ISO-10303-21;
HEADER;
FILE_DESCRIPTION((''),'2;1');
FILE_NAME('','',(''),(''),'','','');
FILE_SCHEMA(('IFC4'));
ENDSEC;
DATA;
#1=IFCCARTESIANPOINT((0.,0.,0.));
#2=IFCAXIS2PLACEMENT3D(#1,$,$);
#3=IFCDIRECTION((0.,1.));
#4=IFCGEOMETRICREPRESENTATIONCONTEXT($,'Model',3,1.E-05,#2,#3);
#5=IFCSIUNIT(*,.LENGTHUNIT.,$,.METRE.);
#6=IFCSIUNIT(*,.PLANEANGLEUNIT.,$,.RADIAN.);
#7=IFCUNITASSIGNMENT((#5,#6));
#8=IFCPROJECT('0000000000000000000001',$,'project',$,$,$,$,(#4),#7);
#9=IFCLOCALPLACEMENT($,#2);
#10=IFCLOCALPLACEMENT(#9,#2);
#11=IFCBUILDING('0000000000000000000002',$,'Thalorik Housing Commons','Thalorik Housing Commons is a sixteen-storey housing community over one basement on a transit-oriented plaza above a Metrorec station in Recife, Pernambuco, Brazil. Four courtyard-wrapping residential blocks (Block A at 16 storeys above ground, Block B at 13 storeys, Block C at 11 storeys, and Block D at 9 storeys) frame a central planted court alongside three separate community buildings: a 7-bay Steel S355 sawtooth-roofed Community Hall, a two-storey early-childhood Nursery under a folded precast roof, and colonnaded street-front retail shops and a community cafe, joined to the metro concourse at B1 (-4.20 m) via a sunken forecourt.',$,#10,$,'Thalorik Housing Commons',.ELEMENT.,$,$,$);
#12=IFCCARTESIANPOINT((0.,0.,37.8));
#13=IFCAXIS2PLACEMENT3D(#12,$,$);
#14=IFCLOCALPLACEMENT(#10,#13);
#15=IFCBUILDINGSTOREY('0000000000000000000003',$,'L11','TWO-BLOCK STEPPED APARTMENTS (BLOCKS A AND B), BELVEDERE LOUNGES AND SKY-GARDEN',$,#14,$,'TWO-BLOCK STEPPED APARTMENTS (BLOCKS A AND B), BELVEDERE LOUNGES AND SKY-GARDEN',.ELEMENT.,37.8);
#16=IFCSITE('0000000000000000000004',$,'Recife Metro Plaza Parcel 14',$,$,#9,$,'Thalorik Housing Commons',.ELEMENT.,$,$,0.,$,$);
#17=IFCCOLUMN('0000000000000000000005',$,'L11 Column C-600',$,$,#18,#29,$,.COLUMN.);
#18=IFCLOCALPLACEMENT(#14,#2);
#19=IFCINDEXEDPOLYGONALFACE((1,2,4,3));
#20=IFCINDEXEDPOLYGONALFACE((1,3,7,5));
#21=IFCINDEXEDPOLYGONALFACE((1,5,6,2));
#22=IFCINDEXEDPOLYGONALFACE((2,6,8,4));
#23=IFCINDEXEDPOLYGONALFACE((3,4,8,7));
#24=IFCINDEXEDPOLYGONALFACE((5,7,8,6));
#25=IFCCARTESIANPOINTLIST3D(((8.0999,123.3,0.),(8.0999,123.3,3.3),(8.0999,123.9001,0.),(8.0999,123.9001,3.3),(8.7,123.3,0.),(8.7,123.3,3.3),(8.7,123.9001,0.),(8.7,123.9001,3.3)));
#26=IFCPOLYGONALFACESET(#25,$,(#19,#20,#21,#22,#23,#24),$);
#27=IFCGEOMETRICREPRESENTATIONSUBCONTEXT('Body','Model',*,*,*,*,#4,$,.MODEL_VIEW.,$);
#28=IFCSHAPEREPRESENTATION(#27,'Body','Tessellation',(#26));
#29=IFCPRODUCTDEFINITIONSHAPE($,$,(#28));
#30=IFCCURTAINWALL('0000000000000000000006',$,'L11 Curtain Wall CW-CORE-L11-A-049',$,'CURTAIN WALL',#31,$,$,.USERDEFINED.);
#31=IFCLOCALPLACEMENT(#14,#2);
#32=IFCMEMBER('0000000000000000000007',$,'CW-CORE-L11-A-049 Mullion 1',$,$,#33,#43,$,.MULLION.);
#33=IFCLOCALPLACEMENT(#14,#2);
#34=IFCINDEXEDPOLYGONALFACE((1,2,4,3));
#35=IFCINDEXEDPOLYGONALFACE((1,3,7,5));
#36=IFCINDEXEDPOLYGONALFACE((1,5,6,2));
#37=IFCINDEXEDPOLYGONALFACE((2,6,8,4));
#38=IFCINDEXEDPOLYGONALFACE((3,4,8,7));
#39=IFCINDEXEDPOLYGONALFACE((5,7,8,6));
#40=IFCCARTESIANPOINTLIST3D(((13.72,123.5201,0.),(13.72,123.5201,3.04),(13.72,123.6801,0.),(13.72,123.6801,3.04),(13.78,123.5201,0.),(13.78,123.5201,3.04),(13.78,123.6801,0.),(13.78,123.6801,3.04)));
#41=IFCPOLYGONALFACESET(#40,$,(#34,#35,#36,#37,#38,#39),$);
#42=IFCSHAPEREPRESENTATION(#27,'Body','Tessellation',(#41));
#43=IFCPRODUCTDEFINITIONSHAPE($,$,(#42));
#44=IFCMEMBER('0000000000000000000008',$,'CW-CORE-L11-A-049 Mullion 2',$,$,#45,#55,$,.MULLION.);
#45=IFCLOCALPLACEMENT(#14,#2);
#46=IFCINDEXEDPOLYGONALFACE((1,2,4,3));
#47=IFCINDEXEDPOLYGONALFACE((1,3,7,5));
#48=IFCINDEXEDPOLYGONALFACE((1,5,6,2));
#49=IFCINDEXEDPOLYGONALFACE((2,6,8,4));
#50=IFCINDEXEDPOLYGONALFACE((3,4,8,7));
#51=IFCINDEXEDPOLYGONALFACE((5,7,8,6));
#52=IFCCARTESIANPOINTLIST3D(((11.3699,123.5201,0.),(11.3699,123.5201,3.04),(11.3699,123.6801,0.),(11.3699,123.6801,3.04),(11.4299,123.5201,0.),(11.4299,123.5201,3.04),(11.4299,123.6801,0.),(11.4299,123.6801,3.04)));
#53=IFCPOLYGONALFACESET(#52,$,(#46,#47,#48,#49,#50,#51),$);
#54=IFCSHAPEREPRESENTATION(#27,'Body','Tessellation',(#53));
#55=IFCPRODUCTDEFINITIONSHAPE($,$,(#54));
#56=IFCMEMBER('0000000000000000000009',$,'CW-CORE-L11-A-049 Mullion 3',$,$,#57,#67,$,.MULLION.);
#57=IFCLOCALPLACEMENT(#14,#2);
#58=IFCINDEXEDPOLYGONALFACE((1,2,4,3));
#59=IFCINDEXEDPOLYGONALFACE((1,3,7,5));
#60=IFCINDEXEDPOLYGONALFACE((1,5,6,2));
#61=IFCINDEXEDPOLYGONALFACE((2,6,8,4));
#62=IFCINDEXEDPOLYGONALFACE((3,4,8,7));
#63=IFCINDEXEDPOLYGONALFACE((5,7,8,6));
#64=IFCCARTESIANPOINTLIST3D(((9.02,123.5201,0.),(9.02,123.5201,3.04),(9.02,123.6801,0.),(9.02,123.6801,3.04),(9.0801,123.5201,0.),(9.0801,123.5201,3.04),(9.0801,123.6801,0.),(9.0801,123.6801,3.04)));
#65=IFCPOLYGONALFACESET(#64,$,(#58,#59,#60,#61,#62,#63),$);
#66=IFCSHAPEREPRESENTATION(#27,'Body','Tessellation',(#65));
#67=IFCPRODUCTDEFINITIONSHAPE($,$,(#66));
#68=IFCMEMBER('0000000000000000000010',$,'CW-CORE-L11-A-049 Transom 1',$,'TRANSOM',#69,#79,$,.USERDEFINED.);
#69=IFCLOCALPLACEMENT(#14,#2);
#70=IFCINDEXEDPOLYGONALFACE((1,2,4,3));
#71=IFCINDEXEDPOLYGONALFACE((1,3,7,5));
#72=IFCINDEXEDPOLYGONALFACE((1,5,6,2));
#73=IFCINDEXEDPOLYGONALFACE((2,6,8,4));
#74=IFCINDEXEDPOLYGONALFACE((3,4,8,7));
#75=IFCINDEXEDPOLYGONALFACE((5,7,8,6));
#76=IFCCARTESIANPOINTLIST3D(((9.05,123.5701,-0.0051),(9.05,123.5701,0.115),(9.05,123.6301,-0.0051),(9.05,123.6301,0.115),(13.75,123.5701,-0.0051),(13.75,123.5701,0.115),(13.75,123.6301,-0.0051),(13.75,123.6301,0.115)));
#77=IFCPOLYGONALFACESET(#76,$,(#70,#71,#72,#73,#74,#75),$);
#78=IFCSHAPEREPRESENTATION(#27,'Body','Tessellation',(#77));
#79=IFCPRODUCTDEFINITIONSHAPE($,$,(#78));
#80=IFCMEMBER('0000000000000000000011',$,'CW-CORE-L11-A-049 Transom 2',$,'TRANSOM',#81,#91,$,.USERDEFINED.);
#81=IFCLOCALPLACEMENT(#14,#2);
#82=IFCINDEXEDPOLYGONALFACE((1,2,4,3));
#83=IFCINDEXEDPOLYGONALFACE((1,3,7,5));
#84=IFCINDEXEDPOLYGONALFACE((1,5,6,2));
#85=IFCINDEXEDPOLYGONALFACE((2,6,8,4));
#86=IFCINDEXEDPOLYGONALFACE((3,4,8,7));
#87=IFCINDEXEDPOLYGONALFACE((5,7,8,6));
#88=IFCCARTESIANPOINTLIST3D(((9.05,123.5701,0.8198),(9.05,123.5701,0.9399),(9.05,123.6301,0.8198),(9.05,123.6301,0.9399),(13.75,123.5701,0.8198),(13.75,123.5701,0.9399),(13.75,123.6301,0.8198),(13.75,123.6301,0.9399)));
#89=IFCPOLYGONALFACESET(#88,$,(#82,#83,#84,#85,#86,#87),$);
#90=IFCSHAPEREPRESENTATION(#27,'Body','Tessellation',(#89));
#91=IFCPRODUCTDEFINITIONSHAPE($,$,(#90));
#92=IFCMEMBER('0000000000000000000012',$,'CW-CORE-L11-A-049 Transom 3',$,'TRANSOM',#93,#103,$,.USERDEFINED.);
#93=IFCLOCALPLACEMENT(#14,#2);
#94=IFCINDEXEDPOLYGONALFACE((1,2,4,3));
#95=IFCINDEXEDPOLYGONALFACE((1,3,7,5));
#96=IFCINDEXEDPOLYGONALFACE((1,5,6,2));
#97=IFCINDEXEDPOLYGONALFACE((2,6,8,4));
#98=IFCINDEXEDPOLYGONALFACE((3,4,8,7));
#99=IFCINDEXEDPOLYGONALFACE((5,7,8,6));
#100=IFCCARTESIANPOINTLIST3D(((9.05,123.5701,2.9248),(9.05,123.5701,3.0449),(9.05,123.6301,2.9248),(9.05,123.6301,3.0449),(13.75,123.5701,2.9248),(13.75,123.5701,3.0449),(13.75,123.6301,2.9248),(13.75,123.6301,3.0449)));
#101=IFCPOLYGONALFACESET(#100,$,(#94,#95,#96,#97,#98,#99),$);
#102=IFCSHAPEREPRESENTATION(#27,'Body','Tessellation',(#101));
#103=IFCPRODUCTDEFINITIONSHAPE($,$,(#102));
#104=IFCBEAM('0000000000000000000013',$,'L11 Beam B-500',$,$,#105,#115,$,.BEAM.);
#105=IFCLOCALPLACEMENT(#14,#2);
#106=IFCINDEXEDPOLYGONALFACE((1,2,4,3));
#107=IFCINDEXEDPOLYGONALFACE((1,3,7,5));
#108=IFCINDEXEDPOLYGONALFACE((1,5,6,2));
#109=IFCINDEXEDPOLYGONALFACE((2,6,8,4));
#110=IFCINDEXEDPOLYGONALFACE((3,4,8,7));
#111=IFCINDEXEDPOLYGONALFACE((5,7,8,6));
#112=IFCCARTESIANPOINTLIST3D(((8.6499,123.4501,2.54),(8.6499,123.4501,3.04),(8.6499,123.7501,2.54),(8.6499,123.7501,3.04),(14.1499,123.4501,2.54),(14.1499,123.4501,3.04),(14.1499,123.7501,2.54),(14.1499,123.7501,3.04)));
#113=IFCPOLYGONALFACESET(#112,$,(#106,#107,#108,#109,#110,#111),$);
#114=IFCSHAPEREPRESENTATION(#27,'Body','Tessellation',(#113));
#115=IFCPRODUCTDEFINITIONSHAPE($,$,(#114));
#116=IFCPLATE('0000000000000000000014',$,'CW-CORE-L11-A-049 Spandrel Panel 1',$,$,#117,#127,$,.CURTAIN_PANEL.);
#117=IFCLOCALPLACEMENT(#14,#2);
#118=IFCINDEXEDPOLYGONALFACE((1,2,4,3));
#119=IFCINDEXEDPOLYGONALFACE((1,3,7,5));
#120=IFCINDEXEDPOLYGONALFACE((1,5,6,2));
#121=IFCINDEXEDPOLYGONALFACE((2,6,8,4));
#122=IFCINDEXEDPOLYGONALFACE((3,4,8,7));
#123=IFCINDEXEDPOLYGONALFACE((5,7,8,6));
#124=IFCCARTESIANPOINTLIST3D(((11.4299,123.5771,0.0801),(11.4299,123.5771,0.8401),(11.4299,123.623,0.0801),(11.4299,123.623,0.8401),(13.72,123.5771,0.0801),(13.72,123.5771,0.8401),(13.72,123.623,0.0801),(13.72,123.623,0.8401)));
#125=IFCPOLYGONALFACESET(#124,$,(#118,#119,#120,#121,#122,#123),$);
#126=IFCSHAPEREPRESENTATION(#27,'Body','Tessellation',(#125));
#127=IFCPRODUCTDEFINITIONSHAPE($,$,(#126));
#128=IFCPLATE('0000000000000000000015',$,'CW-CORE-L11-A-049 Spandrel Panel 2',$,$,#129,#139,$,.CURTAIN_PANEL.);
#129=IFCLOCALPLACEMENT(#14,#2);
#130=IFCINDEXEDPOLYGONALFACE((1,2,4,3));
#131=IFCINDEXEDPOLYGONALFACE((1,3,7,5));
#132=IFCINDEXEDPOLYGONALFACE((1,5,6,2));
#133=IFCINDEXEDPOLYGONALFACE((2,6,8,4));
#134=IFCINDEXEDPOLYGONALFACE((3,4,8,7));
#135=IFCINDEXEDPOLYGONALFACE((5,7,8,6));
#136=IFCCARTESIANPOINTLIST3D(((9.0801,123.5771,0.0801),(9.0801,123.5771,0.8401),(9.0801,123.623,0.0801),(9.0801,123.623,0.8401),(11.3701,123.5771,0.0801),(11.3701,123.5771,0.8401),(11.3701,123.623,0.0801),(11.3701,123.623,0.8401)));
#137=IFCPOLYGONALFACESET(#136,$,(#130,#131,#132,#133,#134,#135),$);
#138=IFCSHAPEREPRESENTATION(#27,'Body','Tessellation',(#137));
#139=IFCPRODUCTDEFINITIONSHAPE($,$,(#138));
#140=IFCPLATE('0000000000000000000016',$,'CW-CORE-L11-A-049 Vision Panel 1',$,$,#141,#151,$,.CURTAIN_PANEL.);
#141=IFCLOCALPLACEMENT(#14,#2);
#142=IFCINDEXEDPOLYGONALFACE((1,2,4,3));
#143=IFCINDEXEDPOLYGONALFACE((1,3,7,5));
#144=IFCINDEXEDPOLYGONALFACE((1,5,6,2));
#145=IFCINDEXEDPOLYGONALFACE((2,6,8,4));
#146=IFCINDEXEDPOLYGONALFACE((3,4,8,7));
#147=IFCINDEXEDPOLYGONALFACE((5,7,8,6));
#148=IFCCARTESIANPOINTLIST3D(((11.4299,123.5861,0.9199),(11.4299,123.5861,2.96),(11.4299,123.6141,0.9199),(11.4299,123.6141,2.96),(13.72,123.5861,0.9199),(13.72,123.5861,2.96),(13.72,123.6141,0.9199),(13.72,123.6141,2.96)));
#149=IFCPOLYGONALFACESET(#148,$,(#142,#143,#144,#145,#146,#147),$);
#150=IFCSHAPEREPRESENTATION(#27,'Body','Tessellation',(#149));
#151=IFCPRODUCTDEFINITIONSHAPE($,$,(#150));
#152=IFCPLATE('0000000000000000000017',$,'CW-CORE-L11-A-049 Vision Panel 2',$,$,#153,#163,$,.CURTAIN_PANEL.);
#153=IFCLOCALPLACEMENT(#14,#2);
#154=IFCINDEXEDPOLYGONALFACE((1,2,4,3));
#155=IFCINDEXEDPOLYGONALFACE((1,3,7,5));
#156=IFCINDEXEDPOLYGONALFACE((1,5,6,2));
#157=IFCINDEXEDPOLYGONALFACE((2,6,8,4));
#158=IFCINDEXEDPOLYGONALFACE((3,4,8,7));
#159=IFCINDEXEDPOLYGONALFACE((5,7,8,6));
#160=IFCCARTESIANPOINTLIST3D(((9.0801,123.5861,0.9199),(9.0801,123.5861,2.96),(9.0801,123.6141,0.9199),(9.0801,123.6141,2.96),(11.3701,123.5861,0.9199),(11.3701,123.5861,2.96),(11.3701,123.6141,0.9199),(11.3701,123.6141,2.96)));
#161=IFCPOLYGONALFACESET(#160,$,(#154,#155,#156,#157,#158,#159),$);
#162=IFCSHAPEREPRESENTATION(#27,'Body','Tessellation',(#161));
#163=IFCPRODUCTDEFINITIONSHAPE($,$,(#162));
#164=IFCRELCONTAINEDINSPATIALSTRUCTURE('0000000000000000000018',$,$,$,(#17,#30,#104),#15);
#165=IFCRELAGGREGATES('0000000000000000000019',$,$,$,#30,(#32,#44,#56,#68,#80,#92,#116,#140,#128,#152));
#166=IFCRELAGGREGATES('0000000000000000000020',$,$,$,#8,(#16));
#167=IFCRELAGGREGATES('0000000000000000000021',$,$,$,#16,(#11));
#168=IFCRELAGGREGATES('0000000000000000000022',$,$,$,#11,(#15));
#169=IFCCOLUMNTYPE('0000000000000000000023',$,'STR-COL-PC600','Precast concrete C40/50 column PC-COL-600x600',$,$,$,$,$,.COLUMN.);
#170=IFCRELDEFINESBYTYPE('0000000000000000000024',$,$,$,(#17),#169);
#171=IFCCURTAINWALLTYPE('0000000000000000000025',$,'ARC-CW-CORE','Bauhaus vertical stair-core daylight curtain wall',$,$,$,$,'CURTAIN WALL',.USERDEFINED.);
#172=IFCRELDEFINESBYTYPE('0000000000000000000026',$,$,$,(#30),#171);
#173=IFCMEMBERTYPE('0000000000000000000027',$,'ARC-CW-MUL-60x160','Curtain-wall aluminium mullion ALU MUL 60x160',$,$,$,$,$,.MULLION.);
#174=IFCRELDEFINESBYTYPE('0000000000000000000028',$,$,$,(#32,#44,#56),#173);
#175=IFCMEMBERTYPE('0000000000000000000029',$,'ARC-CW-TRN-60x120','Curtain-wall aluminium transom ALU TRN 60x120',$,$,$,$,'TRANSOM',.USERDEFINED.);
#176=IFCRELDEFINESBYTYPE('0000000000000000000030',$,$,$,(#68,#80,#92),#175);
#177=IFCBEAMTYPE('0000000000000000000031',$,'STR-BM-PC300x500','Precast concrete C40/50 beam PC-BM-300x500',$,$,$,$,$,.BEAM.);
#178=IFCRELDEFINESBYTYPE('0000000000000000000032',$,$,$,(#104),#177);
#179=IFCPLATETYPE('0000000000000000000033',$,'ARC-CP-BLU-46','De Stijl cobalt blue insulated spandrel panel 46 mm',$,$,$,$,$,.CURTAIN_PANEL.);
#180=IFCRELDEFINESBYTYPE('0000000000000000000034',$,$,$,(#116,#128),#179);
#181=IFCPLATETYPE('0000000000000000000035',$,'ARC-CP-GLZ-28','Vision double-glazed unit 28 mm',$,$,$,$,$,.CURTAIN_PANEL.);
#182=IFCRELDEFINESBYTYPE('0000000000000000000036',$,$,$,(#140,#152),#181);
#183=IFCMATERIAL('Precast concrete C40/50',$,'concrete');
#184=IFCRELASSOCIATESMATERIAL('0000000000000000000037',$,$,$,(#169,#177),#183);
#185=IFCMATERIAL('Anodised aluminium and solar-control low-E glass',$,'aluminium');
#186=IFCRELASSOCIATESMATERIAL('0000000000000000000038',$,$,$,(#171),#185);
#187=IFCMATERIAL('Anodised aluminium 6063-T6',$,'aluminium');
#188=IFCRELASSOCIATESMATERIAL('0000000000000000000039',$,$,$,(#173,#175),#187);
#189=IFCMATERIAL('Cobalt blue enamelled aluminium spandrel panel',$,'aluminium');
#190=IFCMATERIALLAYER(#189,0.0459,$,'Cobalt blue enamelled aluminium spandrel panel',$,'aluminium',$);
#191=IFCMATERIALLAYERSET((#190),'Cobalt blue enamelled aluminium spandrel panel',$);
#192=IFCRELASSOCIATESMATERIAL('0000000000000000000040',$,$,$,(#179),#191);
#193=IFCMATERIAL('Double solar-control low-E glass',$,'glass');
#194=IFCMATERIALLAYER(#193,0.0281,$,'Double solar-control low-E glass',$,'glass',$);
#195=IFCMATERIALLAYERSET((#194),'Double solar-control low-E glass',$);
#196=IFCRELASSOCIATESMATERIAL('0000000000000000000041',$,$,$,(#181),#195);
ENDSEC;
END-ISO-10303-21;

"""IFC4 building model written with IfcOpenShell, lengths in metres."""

from ifc_helpers import new_model, si_unit, direction, frame, origin, origin_2d, place, context, subcontext, project, spatial, rectangle, extrude, material, layer, layer_set, material_profile, profile_set, type_object, element, aggregate, save


model = new_model("IFC4")

# Units and contexts
model_context = context("Model", 3, precision=1e-05, world=origin(), true_north=direction((0.0, 1.0)))
body_context = subcontext(model_context, "Body", "Model", "MODEL_VIEW")
ifc_project = project(units=[si_unit("LENGTHUNIT", "METRE"), si_unit("PLANEANGLEUNIT", "RADIAN")], contexts=[model_context])

# Site, building, storey
site_placement = place(None, origin())
site = spatial("IfcSite", under=ifc_project, at=site_placement, Name="Recife Metro Plaza Parcel 14", LongName="Thalorik Housing Commons", CompositionType="ELEMENT", RefElevation=0.0)
building_placement = place(site_placement, origin())
building = spatial("IfcBuilding", under=site, at=building_placement, Name="Thalorik Housing Commons", Description="Thalorik Housing Commons is a sixteen-storey housing community over one basement on a transit-oriented plaza above a Metrorec station in Recife, Pernambuco, Brazil. Four courtyard-wrapping residential blocks (Block A at 16 storeys above ground, Block B at 13 storeys, Block C at 11 storeys, and Block D at 9 storeys) frame a central planted court alongside three separate community buildings: a 7-bay Steel S355 sawtooth-roofed Community Hall, a two-storey early-childhood Nursery under a folded precast roof, and colonnaded street-front retail shops and a community cafe, joined to the metro concourse at B1 (-4.20 m) via a sunken forecourt.", LongName="Thalorik Housing Commons", CompositionType="ELEMENT")
storey_placement = place(building_placement, frame((0.0, 0.0, 37.8)))
storey = spatial("IfcBuildingStorey", under=building, at=storey_placement, Name="L11", Description="TWO-BLOCK STEPPED APARTMENTS (BLOCKS A AND B), BELVEDERE LOUNGES AND SKY-GARDEN", LongName="TWO-BLOCK STEPPED APARTMENTS (BLOCKS A AND B), BELVEDERE LOUNGES AND SKY-GARDEN", CompositionType="ELEMENT", Elevation=37.8)

# Column
ifc_material_1 = material(Name="Precast concrete C40/50", Category="concrete")
ifc_material_profile_1 = material_profile(ifc_material_1, rectangle(XDim=0.6001, YDim=0.6001, at=origin_2d()), Name="PC 600x600", Category="concrete")
ifc_profile_set_1 = profile_set([ifc_material_profile_1], Name="Precast concrete C40/50")
column_type = type_object("IfcColumnType", Name="STR-COL-PC600", Description="Precast concrete C40/50 column PC-COL-600x600", PredefinedType="COLUMN", material=ifc_profile_set_1)
column_placement = place(storey_placement, frame((8.3999, 123.6001, 0.0), z_axis=(0.0, 0.0, 1.0), x_axis=(1.0, 0.0, 0.0)))
element("IfcColumn", 1, at=column_placement, inside=storey, type_object=column_type, Name="L11 Column C-600", PredefinedType="COLUMN", context=body_context, shape_type="SweptSolid", body=[
    extrude(rectangle(XDim=0.6001, YDim=0.6001, at=origin_2d()), origin(), (0.0, 0.0, 1.0), 3.3),
])

# Curtain wall, members
ifc_material_2 = material(Name="Anodised aluminium and solar-control low-E glass", Category="aluminium")
curtain_wall_type = type_object("IfcCurtainWallType", Name="ARC-CW-CORE", Description="Bauhaus vertical stair-core daylight curtain wall", ElementType="CURTAIN WALL", PredefinedType="USERDEFINED", material=ifc_material_2)
curtain_wall_placement = place(storey_placement, origin())
curtain_wall = element("IfcCurtainWall", 2, at=curtain_wall_placement, inside=storey, type_object=curtain_wall_type, Name="L11 Curtain Wall CW-CORE-L11-A-049", ObjectType="CURTAIN WALL", PredefinedType="USERDEFINED")
ifc_material_3 = material(Name="Anodised aluminium 6063-T6", Category="aluminium")
ifc_material_profile_2 = material_profile(ifc_material_3, rectangle(XDim=0.0601, YDim=0.1599, at=origin_2d()), Name="ALU MUL 60x160", Category="aluminium")
ifc_profile_set_2 = profile_set([ifc_material_profile_2], Name="Anodised aluminium 6063-T6")
member_type_1 = type_object("IfcMemberType", Name="ARC-CW-MUL-60x160", Description="Curtain-wall aluminium mullion ALU MUL 60x160", PredefinedType="MULLION", material=ifc_profile_set_2)
member_1_placement = place(storey_placement, frame((13.75, 123.6001, 0.0), z_axis=(0.0, 0.0, 1.0), x_axis=(-1.0, 0.0, 0.0)))
member_1 = element("IfcMember", 3, at=member_1_placement, type_object=member_type_1, Name="CW-CORE-L11-A-049 Mullion 1", PredefinedType="MULLION", context=body_context, shape_type="SweptSolid", body=[
    extrude(rectangle(XDim=0.0601, YDim=0.1599, at=origin_2d()), origin(), (0.0, 0.0, 1.0), 3.04),
])
member_2_placement = place(storey_placement, frame((11.3999, 123.6001, 0.0), z_axis=(0.0, 0.0, 1.0), x_axis=(-1.0, 0.0, 0.0)))
member_2 = element("IfcMember", 4, at=member_2_placement, type_object=member_type_1, Name="CW-CORE-L11-A-049 Mullion 2", PredefinedType="MULLION", context=body_context, shape_type="SweptSolid", body=[
    extrude(rectangle(XDim=0.0601, YDim=0.1599, at=origin_2d()), origin(), (0.0, 0.0, 1.0), 3.04),
])
member_3_placement = place(storey_placement, frame((9.05, 123.6001, 0.0), z_axis=(0.0, 0.0, 1.0), x_axis=(-1.0, 0.0, 0.0)))
member_3 = element("IfcMember", 5, at=member_3_placement, type_object=member_type_1, Name="CW-CORE-L11-A-049 Mullion 3", PredefinedType="MULLION", context=body_context, shape_type="SweptSolid", body=[
    extrude(rectangle(XDim=0.0601, YDim=0.1599, at=origin_2d()), origin(), (0.0, 0.0, 1.0), 3.04),
])
ifc_material_profile_3 = material_profile(ifc_material_3, rectangle(XDim=0.0601, YDim=0.1201, at=origin_2d()), Name="ALU TRN 60x120", Category="aluminium")
ifc_profile_set_3 = profile_set([ifc_material_profile_3], Name="Anodised aluminium 6063-T6")
member_type_2 = type_object("IfcMemberType", Name="ARC-CW-TRN-60x120", Description="Curtain-wall aluminium transom ALU TRN 60x120", ElementType="TRANSOM", PredefinedType="USERDEFINED", material=ifc_profile_set_3)
member_4_placement = place(storey_placement, frame((13.75, 123.6001, 0.0549), z_axis=(-1.0, 0.0, 0.0), x_axis=(0.0, -1.0, 0.0)))
member_4 = element("IfcMember", 6, at=member_4_placement, type_object=member_type_2, Name="CW-CORE-L11-A-049 Transom 1", ObjectType="TRANSOM", PredefinedType="USERDEFINED", context=body_context, shape_type="SweptSolid", body=[
    extrude(rectangle(XDim=0.0601, YDim=0.1201, at=origin_2d()), origin(), (0.0, 0.0, 1.0), 4.7),
])
member_5_placement = place(storey_placement, frame((13.75, 123.6001, 0.8799), z_axis=(-1.0, 0.0, 0.0), x_axis=(0.0, -1.0, 0.0)))
member_5 = element("IfcMember", 7, at=member_5_placement, type_object=member_type_2, Name="CW-CORE-L11-A-049 Transom 2", ObjectType="TRANSOM", PredefinedType="USERDEFINED", context=body_context, shape_type="SweptSolid", body=[
    extrude(rectangle(XDim=0.0601, YDim=0.1201, at=origin_2d()), origin(), (0.0, 0.0, 1.0), 4.7),
])
member_6_placement = place(storey_placement, frame((13.75, 123.6001, 2.9849), z_axis=(-1.0, 0.0, 0.0), x_axis=(0.0, -1.0, 0.0)))
member_6 = element("IfcMember", 8, at=member_6_placement, type_object=member_type_2, Name="CW-CORE-L11-A-049 Transom 3", ObjectType="TRANSOM", PredefinedType="USERDEFINED", context=body_context, shape_type="SweptSolid", body=[
    extrude(rectangle(XDim=0.0601, YDim=0.1201, at=origin_2d()), origin(), (0.0, 0.0, 1.0), 4.7),
])

# Beam
ifc_material_profile_4 = material_profile(ifc_material_1, rectangle(XDim=0.3, YDim=0.5, at=origin_2d()), Name="PC 300x500", Category="concrete")
ifc_profile_set_4 = profile_set([ifc_material_profile_4], Name="Precast concrete C40/50")
beam_type = type_object("IfcBeamType", Name="STR-BM-PC300x500", Description="Precast concrete C40/50 beam PC-BM-300x500", PredefinedType="BEAM", material=ifc_profile_set_4)
beam_placement = place(storey_placement, frame((8.6499, 123.6001, 2.79), z_axis=(1.0, 0.0, 0.0), x_axis=(0.0, 1.0, 0.0)))
element("IfcBeam", 9, at=beam_placement, inside=storey, type_object=beam_type, Name="L11 Beam B-500", PredefinedType="BEAM", context=body_context, shape_type="SweptSolid", body=[
    extrude(rectangle(XDim=0.3, YDim=0.5, at=origin_2d()), origin(), (0.0, 0.0, 1.0), 5.5),
])

# Plates
ifc_material_4 = material(Name="Cobalt blue enamelled aluminium spandrel panel", Category="aluminium")
ifc_layer_1 = layer(ifc_material_4, 0.0459, Name="Cobalt blue enamelled aluminium spandrel panel", Category="aluminium")
ifc_layer_set_1 = layer_set([ifc_layer_1], Name="Cobalt blue enamelled aluminium spandrel panel")
plate_type_1 = type_object("IfcPlateType", Name="ARC-CP-BLU-46", Description="De Stijl cobalt blue insulated spandrel panel 46 mm", PredefinedType="CURTAIN_PANEL", material=ifc_layer_set_1)
plate_1_placement = place(storey_placement, frame((12.575, 123.6001, 0.0801), z_axis=(0.0, 0.0, 1.0), x_axis=(-1.0, 0.0, 0.0)))
plate_1 = element("IfcPlate", 10, at=plate_1_placement, type_object=plate_type_1, Name="CW-CORE-L11-A-049 Spandrel Panel 1", PredefinedType="CURTAIN_PANEL", context=body_context, shape_type="SweptSolid", body=[
    extrude(rectangle(XDim=2.29, YDim=0.0459, at=origin_2d()), origin(), (0.0, 0.0, 1.0), 0.76),
])
plate_2_placement = place(storey_placement, frame((10.2251, 123.6001, 0.0801), z_axis=(0.0, 0.0, 1.0), x_axis=(-1.0, 0.0, 0.0)))
plate_2 = element("IfcPlate", 11, at=plate_2_placement, type_object=plate_type_1, Name="CW-CORE-L11-A-049 Spandrel Panel 2", PredefinedType="CURTAIN_PANEL", context=body_context, shape_type="SweptSolid", body=[
    extrude(rectangle(XDim=2.29, YDim=0.0459, at=origin_2d()), origin(), (0.0, 0.0, 1.0), 0.76),
])
ifc_material_5 = material(Name="Double solar-control low-E glass", Category="glass")
ifc_layer_2 = layer(ifc_material_5, 0.0281, Name="Double solar-control low-E glass", Category="glass")
ifc_layer_set_2 = layer_set([ifc_layer_2], Name="Double solar-control low-E glass")
plate_type_2 = type_object("IfcPlateType", Name="ARC-CP-GLZ-28", Description="Vision double-glazed unit 28 mm", PredefinedType="CURTAIN_PANEL", material=ifc_layer_set_2)
plate_3_placement = place(storey_placement, frame((12.575, 123.6001, 0.9199), z_axis=(0.0, 0.0, 1.0), x_axis=(-1.0, 0.0, 0.0)))
plate_3 = element("IfcPlate", 12, at=plate_3_placement, type_object=plate_type_2, Name="CW-CORE-L11-A-049 Vision Panel 1", PredefinedType="CURTAIN_PANEL", context=body_context, shape_type="SweptSolid", body=[
    extrude(rectangle(XDim=2.29, YDim=0.0281, at=origin_2d()), origin(), (0.0, 0.0, 1.0), 2.04),
])
plate_4_placement = place(storey_placement, frame((10.2251, 123.6001, 0.9199), z_axis=(0.0, 0.0, 1.0), x_axis=(-1.0, 0.0, 0.0)))
plate_4 = element("IfcPlate", 13, at=plate_4_placement, type_object=plate_type_2, Name="CW-CORE-L11-A-049 Vision Panel 2", PredefinedType="CURTAIN_PANEL", context=body_context, shape_type="SweptSolid", body=[
    extrude(rectangle(XDim=2.29, YDim=0.0281, at=origin_2d()), origin(), (0.0, 0.0, 1.0), 2.04),
])
aggregate(curtain_wall, [member_1, member_2, member_3, member_4, member_5, member_6, plate_1, plate_3, plate_2, plate_4])

save(model, "model.ifc")
